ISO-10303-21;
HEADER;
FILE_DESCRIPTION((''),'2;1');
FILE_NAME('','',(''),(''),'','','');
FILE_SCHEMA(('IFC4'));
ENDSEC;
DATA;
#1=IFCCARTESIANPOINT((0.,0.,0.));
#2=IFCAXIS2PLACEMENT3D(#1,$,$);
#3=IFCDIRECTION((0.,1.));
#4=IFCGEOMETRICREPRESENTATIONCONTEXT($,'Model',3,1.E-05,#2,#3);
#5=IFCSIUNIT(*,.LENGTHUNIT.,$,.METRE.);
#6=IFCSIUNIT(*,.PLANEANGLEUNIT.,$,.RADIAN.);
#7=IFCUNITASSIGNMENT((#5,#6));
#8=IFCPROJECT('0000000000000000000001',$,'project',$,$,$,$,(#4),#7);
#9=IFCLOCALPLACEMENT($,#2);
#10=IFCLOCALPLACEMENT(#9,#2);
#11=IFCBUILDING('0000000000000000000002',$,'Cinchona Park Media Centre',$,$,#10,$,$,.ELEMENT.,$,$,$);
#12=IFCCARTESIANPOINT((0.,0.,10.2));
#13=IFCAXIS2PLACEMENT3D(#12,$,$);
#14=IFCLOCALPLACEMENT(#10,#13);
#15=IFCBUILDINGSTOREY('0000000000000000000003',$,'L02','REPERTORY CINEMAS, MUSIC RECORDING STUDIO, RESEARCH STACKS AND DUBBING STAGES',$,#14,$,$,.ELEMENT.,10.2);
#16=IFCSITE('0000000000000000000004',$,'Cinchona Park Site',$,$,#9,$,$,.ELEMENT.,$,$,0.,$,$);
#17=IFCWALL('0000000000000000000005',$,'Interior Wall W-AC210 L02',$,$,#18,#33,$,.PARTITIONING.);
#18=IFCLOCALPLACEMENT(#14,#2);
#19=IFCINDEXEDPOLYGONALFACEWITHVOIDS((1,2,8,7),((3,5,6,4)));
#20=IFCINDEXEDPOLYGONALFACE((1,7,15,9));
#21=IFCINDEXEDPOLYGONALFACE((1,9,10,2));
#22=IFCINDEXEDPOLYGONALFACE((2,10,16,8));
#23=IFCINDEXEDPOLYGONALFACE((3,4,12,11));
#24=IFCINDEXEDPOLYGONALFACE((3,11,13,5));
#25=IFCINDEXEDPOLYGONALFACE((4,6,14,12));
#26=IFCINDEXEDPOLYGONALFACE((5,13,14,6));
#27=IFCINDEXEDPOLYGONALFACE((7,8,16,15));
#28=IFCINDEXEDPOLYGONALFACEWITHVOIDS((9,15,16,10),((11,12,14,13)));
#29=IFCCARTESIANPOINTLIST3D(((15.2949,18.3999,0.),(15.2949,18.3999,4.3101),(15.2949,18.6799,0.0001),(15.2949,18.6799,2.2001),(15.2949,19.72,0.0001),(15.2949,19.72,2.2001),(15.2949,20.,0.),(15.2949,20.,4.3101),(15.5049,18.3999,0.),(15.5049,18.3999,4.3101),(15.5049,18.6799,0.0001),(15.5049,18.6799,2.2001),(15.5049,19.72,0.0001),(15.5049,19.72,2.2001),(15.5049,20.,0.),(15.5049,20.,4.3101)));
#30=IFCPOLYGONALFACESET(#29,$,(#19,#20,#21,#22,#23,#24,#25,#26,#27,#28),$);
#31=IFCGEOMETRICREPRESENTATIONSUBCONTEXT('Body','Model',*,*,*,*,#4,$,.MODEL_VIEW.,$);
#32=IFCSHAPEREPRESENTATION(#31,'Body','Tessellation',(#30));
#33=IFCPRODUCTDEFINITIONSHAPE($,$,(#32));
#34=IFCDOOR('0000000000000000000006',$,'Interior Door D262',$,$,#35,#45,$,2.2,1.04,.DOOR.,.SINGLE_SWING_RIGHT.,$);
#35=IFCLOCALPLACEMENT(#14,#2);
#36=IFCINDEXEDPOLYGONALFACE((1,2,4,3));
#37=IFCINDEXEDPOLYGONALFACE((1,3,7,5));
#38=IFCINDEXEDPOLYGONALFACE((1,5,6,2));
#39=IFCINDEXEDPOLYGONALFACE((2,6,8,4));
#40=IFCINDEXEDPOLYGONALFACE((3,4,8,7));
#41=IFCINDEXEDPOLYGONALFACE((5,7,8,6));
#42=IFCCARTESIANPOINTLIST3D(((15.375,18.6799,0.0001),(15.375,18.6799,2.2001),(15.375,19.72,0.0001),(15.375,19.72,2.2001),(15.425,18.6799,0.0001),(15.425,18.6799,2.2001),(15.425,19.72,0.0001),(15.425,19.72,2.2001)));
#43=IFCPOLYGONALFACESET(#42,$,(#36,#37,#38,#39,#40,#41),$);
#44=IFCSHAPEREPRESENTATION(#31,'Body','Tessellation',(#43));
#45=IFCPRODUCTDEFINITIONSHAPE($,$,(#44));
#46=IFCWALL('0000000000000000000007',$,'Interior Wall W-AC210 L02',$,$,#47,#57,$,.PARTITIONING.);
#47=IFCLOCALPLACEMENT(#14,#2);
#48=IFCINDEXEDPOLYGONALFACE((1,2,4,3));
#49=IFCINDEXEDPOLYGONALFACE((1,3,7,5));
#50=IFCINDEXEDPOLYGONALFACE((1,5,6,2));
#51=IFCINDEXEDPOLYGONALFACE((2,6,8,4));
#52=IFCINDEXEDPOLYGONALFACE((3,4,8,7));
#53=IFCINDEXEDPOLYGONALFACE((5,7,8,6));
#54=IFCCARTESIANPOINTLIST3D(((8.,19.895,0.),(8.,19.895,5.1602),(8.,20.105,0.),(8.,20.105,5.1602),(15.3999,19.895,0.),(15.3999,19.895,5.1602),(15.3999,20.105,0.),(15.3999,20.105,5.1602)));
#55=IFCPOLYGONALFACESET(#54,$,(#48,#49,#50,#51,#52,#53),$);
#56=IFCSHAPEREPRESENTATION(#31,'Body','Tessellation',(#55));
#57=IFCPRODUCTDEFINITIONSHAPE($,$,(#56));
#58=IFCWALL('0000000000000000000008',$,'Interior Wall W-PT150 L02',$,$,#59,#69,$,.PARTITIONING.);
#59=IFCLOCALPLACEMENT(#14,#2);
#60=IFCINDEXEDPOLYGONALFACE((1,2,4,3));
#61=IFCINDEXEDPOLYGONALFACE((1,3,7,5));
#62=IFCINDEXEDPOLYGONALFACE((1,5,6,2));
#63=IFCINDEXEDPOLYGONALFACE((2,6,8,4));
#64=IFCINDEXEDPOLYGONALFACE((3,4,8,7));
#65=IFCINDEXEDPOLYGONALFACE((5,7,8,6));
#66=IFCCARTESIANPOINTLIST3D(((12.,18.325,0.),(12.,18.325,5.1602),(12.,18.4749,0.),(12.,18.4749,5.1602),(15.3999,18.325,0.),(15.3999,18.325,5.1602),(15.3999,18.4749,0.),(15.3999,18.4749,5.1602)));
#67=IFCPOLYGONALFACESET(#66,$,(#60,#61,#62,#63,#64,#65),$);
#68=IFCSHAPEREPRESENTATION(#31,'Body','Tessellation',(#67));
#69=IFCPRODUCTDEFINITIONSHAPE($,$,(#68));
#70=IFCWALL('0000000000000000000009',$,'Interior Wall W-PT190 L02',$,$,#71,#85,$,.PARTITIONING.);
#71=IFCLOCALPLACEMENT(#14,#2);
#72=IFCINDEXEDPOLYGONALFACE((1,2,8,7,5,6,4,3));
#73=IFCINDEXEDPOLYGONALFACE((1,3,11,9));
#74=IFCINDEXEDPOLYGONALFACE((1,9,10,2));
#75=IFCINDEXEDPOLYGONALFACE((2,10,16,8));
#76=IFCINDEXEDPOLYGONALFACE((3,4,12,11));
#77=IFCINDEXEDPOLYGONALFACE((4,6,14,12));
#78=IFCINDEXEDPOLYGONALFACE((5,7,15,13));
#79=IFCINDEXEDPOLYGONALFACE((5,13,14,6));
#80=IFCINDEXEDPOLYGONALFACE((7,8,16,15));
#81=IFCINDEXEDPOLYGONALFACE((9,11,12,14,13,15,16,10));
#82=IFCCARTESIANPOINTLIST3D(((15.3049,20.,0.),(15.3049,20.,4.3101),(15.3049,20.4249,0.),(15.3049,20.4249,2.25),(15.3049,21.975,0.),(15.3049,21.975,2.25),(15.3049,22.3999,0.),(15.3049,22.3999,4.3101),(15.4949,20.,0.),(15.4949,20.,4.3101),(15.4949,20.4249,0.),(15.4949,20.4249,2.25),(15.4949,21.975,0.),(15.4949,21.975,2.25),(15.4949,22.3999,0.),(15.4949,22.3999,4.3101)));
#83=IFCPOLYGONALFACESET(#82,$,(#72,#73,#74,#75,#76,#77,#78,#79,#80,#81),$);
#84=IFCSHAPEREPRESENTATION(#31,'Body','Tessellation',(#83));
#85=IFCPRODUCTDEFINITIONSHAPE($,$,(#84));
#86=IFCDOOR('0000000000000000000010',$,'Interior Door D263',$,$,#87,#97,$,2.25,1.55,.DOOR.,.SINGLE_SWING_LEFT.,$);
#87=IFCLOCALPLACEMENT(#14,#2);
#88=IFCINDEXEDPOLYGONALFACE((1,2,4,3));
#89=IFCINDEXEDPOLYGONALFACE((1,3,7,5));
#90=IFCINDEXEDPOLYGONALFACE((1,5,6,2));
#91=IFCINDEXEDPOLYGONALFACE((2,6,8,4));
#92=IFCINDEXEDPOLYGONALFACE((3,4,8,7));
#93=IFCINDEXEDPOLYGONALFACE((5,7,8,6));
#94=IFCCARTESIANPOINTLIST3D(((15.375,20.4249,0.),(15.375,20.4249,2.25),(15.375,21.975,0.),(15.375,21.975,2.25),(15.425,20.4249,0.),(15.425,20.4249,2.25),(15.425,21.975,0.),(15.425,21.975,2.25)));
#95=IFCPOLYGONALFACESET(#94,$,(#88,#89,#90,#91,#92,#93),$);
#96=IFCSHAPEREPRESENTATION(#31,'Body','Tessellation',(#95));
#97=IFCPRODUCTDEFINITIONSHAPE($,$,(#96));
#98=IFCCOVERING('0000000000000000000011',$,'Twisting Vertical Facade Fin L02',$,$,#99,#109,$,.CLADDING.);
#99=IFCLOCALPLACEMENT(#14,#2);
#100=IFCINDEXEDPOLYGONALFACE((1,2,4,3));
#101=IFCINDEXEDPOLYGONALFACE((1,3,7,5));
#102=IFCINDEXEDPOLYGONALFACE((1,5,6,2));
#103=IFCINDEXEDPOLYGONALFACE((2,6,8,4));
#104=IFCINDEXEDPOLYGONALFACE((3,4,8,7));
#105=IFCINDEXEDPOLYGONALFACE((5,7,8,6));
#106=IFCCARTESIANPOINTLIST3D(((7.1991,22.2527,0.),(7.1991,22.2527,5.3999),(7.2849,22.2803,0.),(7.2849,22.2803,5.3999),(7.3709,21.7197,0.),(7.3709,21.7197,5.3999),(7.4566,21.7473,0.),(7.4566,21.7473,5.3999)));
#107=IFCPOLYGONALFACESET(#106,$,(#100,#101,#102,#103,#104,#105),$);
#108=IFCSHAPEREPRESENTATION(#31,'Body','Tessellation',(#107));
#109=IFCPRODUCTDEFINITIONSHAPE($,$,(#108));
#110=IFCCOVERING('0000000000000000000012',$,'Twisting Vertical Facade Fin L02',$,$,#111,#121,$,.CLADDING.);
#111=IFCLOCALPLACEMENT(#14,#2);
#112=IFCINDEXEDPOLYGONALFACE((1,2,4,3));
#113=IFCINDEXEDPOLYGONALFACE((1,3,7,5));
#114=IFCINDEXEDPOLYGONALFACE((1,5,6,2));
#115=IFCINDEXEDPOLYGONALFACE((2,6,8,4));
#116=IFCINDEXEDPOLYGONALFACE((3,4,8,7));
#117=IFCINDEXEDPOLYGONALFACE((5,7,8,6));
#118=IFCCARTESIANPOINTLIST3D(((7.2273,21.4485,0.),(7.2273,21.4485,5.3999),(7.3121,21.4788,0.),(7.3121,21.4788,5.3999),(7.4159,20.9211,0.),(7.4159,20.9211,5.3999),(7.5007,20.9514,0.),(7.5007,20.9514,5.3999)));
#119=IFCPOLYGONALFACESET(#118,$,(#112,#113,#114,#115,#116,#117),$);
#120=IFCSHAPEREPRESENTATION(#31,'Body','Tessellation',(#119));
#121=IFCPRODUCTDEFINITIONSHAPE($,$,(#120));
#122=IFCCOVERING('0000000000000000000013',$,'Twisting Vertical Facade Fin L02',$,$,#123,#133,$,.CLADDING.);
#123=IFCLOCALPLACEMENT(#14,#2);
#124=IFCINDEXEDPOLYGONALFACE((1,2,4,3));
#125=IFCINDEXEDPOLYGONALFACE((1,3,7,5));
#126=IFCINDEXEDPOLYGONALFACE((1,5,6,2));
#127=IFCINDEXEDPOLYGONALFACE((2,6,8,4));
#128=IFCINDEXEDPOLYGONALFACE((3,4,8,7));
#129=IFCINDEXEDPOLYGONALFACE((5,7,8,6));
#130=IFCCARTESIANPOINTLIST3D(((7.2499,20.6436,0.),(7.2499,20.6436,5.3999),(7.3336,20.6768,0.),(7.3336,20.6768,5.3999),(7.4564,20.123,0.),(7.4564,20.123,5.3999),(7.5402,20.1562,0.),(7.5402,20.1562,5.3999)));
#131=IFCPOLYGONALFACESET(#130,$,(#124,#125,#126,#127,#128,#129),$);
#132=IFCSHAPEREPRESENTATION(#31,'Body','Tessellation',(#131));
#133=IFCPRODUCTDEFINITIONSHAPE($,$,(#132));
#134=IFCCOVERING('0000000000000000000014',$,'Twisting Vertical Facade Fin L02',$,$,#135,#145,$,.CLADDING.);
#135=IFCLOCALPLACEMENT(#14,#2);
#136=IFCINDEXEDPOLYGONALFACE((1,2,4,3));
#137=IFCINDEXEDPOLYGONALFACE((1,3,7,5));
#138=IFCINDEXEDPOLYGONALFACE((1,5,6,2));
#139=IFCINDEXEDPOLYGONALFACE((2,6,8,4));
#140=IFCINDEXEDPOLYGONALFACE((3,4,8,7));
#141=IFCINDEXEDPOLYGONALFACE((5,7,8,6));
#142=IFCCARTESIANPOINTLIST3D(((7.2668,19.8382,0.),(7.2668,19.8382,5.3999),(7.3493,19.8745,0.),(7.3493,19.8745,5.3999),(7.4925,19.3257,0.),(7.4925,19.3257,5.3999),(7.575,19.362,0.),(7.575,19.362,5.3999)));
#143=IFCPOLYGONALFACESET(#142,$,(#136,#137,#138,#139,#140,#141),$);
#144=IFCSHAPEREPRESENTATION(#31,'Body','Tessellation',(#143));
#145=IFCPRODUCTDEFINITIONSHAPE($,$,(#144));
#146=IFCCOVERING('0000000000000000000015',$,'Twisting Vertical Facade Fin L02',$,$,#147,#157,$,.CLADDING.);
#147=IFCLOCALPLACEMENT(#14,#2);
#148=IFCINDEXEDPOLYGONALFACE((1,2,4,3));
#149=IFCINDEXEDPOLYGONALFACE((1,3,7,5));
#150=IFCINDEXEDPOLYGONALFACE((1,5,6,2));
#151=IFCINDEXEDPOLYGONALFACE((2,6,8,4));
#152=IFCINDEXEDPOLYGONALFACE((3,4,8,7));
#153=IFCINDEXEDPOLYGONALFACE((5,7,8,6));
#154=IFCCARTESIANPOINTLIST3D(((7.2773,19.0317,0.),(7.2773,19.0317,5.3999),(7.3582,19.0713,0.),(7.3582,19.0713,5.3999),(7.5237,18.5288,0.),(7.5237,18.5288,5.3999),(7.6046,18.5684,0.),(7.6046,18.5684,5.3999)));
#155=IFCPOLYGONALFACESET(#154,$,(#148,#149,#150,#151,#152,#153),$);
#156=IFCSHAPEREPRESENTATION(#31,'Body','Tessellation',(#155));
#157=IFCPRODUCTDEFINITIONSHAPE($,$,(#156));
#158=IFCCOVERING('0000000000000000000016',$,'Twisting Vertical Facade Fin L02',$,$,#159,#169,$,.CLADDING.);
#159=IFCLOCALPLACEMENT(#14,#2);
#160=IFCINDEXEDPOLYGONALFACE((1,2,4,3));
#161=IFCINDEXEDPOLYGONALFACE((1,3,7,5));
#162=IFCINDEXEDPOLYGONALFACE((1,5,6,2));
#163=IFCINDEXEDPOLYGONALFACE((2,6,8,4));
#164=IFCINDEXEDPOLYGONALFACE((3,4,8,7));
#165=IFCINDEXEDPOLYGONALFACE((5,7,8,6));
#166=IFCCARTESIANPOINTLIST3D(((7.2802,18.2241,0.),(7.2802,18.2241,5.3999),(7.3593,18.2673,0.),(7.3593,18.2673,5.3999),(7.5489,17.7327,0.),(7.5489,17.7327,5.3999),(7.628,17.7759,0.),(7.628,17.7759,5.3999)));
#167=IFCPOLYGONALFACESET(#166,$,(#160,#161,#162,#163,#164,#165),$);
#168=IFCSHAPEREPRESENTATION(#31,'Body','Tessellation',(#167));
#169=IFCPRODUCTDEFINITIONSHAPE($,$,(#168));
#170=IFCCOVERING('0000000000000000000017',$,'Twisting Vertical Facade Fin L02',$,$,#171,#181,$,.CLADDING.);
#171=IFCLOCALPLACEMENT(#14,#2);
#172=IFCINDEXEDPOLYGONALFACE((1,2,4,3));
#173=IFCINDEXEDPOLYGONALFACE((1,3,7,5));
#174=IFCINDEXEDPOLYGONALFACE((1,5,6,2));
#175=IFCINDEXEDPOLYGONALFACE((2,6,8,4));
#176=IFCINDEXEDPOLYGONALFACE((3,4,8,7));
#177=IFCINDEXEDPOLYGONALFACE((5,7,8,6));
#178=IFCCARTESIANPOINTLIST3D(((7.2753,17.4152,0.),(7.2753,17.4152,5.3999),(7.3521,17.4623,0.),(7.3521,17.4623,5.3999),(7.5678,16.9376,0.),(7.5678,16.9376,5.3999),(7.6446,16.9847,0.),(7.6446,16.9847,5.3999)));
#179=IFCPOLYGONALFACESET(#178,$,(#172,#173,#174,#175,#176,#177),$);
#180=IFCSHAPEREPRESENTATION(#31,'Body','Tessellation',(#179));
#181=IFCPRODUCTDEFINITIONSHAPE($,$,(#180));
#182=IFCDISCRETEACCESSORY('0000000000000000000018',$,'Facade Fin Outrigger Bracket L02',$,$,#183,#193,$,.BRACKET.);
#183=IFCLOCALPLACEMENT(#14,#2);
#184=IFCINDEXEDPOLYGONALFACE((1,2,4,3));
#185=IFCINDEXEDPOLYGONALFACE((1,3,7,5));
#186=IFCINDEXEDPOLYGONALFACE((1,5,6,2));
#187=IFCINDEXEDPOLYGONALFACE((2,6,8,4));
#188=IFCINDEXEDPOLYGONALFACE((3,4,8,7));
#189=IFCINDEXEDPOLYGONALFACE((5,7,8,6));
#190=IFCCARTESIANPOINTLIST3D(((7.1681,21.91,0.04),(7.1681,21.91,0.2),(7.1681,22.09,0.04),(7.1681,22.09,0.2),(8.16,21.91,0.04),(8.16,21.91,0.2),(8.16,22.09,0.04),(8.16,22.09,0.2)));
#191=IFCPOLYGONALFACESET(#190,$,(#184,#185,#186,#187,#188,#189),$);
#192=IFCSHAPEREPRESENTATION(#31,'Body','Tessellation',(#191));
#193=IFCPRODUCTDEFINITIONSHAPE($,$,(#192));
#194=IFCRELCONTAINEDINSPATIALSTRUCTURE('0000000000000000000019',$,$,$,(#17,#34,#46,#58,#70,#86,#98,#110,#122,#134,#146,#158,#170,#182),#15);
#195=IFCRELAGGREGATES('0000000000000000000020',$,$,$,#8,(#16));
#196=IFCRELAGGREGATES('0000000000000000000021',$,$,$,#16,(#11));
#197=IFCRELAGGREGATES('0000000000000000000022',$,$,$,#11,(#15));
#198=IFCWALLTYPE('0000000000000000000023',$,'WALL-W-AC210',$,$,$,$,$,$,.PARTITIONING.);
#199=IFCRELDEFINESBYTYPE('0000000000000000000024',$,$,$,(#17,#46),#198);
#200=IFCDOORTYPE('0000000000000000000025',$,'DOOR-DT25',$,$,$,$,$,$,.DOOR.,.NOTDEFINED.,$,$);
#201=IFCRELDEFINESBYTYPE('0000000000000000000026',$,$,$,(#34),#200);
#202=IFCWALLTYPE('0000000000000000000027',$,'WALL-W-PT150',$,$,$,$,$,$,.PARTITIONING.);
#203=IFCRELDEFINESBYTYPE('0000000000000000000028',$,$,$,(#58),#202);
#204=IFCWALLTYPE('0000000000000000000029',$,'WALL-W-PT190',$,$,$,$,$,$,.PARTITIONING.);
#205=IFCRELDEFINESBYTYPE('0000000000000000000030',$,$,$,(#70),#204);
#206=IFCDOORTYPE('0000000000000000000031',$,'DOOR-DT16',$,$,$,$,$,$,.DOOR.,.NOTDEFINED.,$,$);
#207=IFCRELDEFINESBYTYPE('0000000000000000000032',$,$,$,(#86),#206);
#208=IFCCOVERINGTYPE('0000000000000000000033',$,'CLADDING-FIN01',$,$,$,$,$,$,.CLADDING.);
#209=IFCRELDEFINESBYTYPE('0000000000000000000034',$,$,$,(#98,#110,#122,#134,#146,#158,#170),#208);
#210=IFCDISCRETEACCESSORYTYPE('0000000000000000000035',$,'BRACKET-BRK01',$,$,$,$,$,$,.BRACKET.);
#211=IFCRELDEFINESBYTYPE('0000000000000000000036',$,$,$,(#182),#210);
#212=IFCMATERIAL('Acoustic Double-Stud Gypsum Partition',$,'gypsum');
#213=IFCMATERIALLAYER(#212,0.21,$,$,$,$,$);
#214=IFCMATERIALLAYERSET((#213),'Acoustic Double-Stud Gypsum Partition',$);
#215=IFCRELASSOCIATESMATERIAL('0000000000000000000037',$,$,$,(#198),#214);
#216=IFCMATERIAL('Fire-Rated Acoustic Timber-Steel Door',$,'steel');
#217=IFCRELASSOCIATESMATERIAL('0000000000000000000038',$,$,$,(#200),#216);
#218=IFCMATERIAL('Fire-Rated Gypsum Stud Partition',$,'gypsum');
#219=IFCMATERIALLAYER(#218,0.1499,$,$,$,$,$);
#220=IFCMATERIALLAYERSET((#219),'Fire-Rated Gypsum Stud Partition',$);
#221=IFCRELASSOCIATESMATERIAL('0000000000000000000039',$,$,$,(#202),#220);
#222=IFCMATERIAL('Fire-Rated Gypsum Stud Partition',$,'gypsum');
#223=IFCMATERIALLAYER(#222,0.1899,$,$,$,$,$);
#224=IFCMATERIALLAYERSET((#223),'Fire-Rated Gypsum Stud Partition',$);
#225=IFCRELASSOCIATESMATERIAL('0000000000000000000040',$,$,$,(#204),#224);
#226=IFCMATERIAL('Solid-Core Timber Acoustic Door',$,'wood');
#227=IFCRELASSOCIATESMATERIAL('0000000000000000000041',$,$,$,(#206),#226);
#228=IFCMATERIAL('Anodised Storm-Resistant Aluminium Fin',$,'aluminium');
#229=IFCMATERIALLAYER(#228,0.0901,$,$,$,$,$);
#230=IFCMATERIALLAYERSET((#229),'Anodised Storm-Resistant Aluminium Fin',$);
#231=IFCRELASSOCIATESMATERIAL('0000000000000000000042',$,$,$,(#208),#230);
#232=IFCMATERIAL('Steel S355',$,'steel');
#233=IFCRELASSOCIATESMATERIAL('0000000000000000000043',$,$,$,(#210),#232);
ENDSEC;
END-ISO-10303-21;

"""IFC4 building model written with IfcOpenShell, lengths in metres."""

from ifc_helpers import new_model, si_unit, direction, frame, frame_2d, origin, origin_2d, place, context, subcontext, project, spatial, rectangle, extrude, material, layer, layer_set, type_object, element, fill, save


model = new_model("IFC4")

# Units and contexts
model_context = context("Model", 3, precision=1e-05, world=origin(), true_north=direction((0.0, 1.0)))
body_context = subcontext(model_context, "Body", "Model", "MODEL_VIEW")
ifc_project = project(units=[si_unit("LENGTHUNIT", "METRE"), si_unit("PLANEANGLEUNIT", "RADIAN")], contexts=[model_context])

# Site, building, storey
site_placement = place(None, origin())
site = spatial("IfcSite", under=ifc_project, at=site_placement, Name="Cinchona Park Site", CompositionType="ELEMENT", RefElevation=0.0)
building_placement = place(site_placement, origin())
building = spatial("IfcBuilding", under=site, at=building_placement, Name="Cinchona Park Media Centre", CompositionType="ELEMENT")
storey_placement = place(building_placement, frame((0.0, 0.0, 10.2)))
storey = spatial("IfcBuildingStorey", under=building, at=storey_placement, Name="L02", Description="REPERTORY CINEMAS, MUSIC RECORDING STUDIO, RESEARCH STACKS AND DUBBING STAGES", CompositionType="ELEMENT", Elevation=10.2)

# Wall, opening, door
ifc_material_1 = material(Name="Acoustic Double-Stud Gypsum Partition", Category="gypsum")
ifc_layer_1 = layer(ifc_material_1, 0.21)
ifc_layer_set_1 = layer_set([ifc_layer_1], Name="Acoustic Double-Stud Gypsum Partition")
wall_type_1 = type_object("IfcWallType", Name="WALL-W-AC210", PredefinedType="PARTITIONING", material=ifc_layer_set_1)
wall_1_placement = place(storey_placement, frame((15.3999, 18.3999, 0.0), z_axis=(0.0, 0.0, 1.0), x_axis=(0.0, 1.0, 0.0)))
wall_1 = element("IfcWall", 1, at=wall_1_placement, inside=storey, type_object=wall_type_1, Name="Interior Wall W-AC210 L02", PredefinedType="PARTITIONING", context=body_context, shape_type="SweptSolid", body=[
    extrude(rectangle(XDim=1.6001, YDim=0.21, at=frame_2d((0.8, 0.0))), origin(), (0.0, 0.0, 1.0), 4.3101),
])
opening_1_placement = place(wall_1_placement, frame((0.28, 0.0, 0.0)))
opening_1 = element("IfcOpeningElement", 2, at=opening_1_placement, cuts=wall_1, PredefinedType="OPENING", context=body_context, shape_type="SweptSolid", body=[
    extrude(rectangle(XDim=1.04, YDim=2.2, at=frame_2d((0.52, 1.1001))), frame((0.0, 0.115, 0.0), z_axis=(0.0, -1.0, 0.0), x_axis=(1.0, 0.0, 0.0)), (0.0, 0.0, 1.0), 0.23),
])
ifc_material_2 = material(Name="Fire-Rated Acoustic Timber-Steel Door", Category="steel")
door_type_1 = type_object("IfcDoorType", Name="DOOR-DT25", OperationType="NOTDEFINED", PredefinedType="DOOR", material=ifc_material_2)
door_1_placement = place(opening_1_placement, origin())
door_1 = element("IfcDoor", 3, at=door_1_placement, inside=storey, type_object=door_type_1, Name="Interior Door D262", OperationType="SINGLE_SWING_RIGHT", OverallHeight=2.2, OverallWidth=1.04, PredefinedType="DOOR", context=body_context, shape_type="SweptSolid", body=[
    extrude(rectangle(XDim=1.04, YDim=2.2, at=frame_2d((0.52, 1.1001))), frame((0.0, 0.0249, 0.0), z_axis=(0.0, -1.0, 0.0), x_axis=(1.0, 0.0, 0.0)), (0.0, 0.0, 1.0), 0.05),
])
fill(opening_1, door_1)

# Walls
wall_2_placement = place(storey_placement, frame((8.0, 20.0, 0.0), z_axis=(0.0, 0.0, 1.0), x_axis=(1.0, 0.0, 0.0)))
element("IfcWall", 4, at=wall_2_placement, inside=storey, type_object=wall_type_1, Name="Interior Wall W-AC210 L02", PredefinedType="PARTITIONING", context=body_context, shape_type="SweptSolid", body=[
    extrude(rectangle(XDim=7.3999, YDim=0.21, at=frame_2d((3.7, 0.0))), origin(), (0.0, 0.0, 1.0), 5.1602),
])
ifc_material_3 = material(Name="Fire-Rated Gypsum Stud Partition", Category="gypsum")
ifc_layer_2 = layer(ifc_material_3, 0.1499)
ifc_layer_set_2 = layer_set([ifc_layer_2], Name="Fire-Rated Gypsum Stud Partition")
wall_type_2 = type_object("IfcWallType", Name="WALL-W-PT150", PredefinedType="PARTITIONING", material=ifc_layer_set_2)
wall_3_placement = place(storey_placement, frame((12.0, 18.3999, 0.0), z_axis=(0.0, 0.0, 1.0), x_axis=(1.0, 0.0, 0.0)))
element("IfcWall", 5, at=wall_3_placement, inside=storey, type_object=wall_type_2, Name="Interior Wall W-PT150 L02", PredefinedType="PARTITIONING", context=body_context, shape_type="SweptSolid", body=[
    extrude(rectangle(XDim=3.3999, YDim=0.1499, at=frame_2d((1.7, 0.0))), origin(), (0.0, 0.0, 1.0), 5.1602),
])

# Wall, opening, door
ifc_material_4 = material(Name="Fire-Rated Gypsum Stud Partition", Category="gypsum")
ifc_layer_3 = layer(ifc_material_4, 0.1899)
ifc_layer_set_3 = layer_set([ifc_layer_3], Name="Fire-Rated Gypsum Stud Partition")
wall_type_3 = type_object("IfcWallType", Name="WALL-W-PT190", PredefinedType="PARTITIONING", material=ifc_layer_set_3)
wall_4_placement = place(storey_placement, frame((15.3999, 20.0, 0.0), z_axis=(0.0, 0.0, 1.0), x_axis=(0.0, 1.0, 0.0)))
wall_4 = element("IfcWall", 6, at=wall_4_placement, inside=storey, type_object=wall_type_3, Name="Interior Wall W-PT190 L02", PredefinedType="PARTITIONING", context=body_context, shape_type="SweptSolid", body=[
    extrude(rectangle(XDim=2.3999, YDim=0.1899, at=frame_2d((1.2, 0.0))), origin(), (0.0, 0.0, 1.0), 4.3101),
])
opening_2_placement = place(wall_4_placement, frame((0.425, 0.0, 0.0)))
opening_2 = element("IfcOpeningElement", 7, at=opening_2_placement, cuts=wall_4, PredefinedType="OPENING", context=body_context, shape_type="SweptSolid", body=[
    extrude(rectangle(XDim=1.55, YDim=2.25, at=frame_2d((0.7749, 1.125))), frame((0.0, 0.105, 0.0), z_axis=(0.0, -1.0, 0.0), x_axis=(1.0, 0.0, 0.0)), (0.0, 0.0, 1.0), 0.21),
])
ifc_material_5 = material(Name="Solid-Core Timber Acoustic Door", Category="wood")
door_type_2 = type_object("IfcDoorType", Name="DOOR-DT16", OperationType="NOTDEFINED", PredefinedType="DOOR", material=ifc_material_5)
door_2_placement = place(opening_2_placement, origin())
door_2 = element("IfcDoor", 8, at=door_2_placement, inside=storey, type_object=door_type_2, Name="Interior Door D263", OperationType="SINGLE_SWING_LEFT", OverallHeight=2.25, OverallWidth=1.55, PredefinedType="DOOR", context=body_context, shape_type="SweptSolid", body=[
    extrude(rectangle(XDim=1.55, YDim=2.25, at=frame_2d((0.7749, 1.125))), frame((0.0, 0.0249, 0.0), z_axis=(0.0, -1.0, 0.0), x_axis=(1.0, 0.0, 0.0)), (0.0, 0.0, 1.0), 0.05),
])
fill(opening_2, door_2)

# Coverings
ifc_material_6 = material(Name="Anodised Storm-Resistant Aluminium Fin", Category="aluminium")
ifc_layer_4 = layer(ifc_material_6, 0.0901)
ifc_layer_set_4 = layer_set([ifc_layer_4], Name="Anodised Storm-Resistant Aluminium Fin")
covering_type = type_object("IfcCoveringType", Name="CLADDING-FIN01", PredefinedType="CLADDING", material=ifc_layer_set_4)
for number, where, z_axis, x_axis, name in (
    (9, (7.3279, 22.0, 0.0), (0.0, 0.0, 1.0), (0.306692, -0.951809, 0.0), "Twisting Vertical Facade Fin L02"),
    (10, (7.364, 21.2, 0.0), (0.0, 0.0, 1.0), (0.336767, -0.941588, 0.0), "Twisting Vertical Facade Fin L02"),
    (11, (7.395, 20.3999, 0.0), (0.0, 0.0, 1.0), (0.368774, -0.929519, 0.0), "Twisting Vertical Facade Fin L02"),
    (12, (7.4209, 19.6001, 0.0), (0.0, 0.0, 1.0), (0.403066, -0.915171, 0.0), "Twisting Vertical Facade Fin L02"),
    (13, (7.4409, 18.8, 0.0), (0.0, 0.0, 1.0), (0.439939, -0.898028, 0.0), "Twisting Vertical Facade Fin L02"),
    (14, (7.4541, 18.0, 0.0), (0.0, 0.0, 1.0), (0.479764, -0.877397, 0.0), "Twisting Vertical Facade Fin L02"),
    (15, (7.46, 17.2, 0.0), (0.0, 0.0, 1.0), (0.522201, -0.852822, 0.0), "Twisting Vertical Facade Fin L02"),
):
    element("IfcCovering", number, at=place(storey_placement, frame(where, z_axis=z_axis, x_axis=x_axis)), inside=storey, type_object=covering_type, Name=name, PredefinedType="CLADDING", context=body_context, shape_type="SweptSolid", body=[
        extrude(rectangle(XDim=0.5601, YDim=0.0901, at=origin_2d()), origin(), (0.0, 0.0, 1.0), 5.3999),
    ])

# Discrete accessory
ifc_material_7 = material(Name="Steel S355", Category="steel")
discrete_accessory_type = type_object("IfcDiscreteAccessoryType", Name="BRACKET-BRK01", PredefinedType="BRACKET", material=ifc_material_7)
discrete_accessory_1_placement = place(storey_placement, frame((7.6641, 22.0, 0.04), z_axis=(0.0, 0.0, 1.0), x_axis=(0.0, -1.0, 0.0)))
element("IfcDiscreteAccessory", 16, at=discrete_accessory_1_placement, inside=storey, type_object=discrete_accessory_type, Name="Facade Fin Outrigger Bracket L02", PredefinedType="BRACKET", context=body_context, shape_type="SweptSolid", body=[
    extrude(rectangle(XDim=0.1799, YDim=0.9919, at=origin_2d()), origin(), (0.0, 0.0, 1.0), 0.1599),
])

save(model, "model.ifc")
